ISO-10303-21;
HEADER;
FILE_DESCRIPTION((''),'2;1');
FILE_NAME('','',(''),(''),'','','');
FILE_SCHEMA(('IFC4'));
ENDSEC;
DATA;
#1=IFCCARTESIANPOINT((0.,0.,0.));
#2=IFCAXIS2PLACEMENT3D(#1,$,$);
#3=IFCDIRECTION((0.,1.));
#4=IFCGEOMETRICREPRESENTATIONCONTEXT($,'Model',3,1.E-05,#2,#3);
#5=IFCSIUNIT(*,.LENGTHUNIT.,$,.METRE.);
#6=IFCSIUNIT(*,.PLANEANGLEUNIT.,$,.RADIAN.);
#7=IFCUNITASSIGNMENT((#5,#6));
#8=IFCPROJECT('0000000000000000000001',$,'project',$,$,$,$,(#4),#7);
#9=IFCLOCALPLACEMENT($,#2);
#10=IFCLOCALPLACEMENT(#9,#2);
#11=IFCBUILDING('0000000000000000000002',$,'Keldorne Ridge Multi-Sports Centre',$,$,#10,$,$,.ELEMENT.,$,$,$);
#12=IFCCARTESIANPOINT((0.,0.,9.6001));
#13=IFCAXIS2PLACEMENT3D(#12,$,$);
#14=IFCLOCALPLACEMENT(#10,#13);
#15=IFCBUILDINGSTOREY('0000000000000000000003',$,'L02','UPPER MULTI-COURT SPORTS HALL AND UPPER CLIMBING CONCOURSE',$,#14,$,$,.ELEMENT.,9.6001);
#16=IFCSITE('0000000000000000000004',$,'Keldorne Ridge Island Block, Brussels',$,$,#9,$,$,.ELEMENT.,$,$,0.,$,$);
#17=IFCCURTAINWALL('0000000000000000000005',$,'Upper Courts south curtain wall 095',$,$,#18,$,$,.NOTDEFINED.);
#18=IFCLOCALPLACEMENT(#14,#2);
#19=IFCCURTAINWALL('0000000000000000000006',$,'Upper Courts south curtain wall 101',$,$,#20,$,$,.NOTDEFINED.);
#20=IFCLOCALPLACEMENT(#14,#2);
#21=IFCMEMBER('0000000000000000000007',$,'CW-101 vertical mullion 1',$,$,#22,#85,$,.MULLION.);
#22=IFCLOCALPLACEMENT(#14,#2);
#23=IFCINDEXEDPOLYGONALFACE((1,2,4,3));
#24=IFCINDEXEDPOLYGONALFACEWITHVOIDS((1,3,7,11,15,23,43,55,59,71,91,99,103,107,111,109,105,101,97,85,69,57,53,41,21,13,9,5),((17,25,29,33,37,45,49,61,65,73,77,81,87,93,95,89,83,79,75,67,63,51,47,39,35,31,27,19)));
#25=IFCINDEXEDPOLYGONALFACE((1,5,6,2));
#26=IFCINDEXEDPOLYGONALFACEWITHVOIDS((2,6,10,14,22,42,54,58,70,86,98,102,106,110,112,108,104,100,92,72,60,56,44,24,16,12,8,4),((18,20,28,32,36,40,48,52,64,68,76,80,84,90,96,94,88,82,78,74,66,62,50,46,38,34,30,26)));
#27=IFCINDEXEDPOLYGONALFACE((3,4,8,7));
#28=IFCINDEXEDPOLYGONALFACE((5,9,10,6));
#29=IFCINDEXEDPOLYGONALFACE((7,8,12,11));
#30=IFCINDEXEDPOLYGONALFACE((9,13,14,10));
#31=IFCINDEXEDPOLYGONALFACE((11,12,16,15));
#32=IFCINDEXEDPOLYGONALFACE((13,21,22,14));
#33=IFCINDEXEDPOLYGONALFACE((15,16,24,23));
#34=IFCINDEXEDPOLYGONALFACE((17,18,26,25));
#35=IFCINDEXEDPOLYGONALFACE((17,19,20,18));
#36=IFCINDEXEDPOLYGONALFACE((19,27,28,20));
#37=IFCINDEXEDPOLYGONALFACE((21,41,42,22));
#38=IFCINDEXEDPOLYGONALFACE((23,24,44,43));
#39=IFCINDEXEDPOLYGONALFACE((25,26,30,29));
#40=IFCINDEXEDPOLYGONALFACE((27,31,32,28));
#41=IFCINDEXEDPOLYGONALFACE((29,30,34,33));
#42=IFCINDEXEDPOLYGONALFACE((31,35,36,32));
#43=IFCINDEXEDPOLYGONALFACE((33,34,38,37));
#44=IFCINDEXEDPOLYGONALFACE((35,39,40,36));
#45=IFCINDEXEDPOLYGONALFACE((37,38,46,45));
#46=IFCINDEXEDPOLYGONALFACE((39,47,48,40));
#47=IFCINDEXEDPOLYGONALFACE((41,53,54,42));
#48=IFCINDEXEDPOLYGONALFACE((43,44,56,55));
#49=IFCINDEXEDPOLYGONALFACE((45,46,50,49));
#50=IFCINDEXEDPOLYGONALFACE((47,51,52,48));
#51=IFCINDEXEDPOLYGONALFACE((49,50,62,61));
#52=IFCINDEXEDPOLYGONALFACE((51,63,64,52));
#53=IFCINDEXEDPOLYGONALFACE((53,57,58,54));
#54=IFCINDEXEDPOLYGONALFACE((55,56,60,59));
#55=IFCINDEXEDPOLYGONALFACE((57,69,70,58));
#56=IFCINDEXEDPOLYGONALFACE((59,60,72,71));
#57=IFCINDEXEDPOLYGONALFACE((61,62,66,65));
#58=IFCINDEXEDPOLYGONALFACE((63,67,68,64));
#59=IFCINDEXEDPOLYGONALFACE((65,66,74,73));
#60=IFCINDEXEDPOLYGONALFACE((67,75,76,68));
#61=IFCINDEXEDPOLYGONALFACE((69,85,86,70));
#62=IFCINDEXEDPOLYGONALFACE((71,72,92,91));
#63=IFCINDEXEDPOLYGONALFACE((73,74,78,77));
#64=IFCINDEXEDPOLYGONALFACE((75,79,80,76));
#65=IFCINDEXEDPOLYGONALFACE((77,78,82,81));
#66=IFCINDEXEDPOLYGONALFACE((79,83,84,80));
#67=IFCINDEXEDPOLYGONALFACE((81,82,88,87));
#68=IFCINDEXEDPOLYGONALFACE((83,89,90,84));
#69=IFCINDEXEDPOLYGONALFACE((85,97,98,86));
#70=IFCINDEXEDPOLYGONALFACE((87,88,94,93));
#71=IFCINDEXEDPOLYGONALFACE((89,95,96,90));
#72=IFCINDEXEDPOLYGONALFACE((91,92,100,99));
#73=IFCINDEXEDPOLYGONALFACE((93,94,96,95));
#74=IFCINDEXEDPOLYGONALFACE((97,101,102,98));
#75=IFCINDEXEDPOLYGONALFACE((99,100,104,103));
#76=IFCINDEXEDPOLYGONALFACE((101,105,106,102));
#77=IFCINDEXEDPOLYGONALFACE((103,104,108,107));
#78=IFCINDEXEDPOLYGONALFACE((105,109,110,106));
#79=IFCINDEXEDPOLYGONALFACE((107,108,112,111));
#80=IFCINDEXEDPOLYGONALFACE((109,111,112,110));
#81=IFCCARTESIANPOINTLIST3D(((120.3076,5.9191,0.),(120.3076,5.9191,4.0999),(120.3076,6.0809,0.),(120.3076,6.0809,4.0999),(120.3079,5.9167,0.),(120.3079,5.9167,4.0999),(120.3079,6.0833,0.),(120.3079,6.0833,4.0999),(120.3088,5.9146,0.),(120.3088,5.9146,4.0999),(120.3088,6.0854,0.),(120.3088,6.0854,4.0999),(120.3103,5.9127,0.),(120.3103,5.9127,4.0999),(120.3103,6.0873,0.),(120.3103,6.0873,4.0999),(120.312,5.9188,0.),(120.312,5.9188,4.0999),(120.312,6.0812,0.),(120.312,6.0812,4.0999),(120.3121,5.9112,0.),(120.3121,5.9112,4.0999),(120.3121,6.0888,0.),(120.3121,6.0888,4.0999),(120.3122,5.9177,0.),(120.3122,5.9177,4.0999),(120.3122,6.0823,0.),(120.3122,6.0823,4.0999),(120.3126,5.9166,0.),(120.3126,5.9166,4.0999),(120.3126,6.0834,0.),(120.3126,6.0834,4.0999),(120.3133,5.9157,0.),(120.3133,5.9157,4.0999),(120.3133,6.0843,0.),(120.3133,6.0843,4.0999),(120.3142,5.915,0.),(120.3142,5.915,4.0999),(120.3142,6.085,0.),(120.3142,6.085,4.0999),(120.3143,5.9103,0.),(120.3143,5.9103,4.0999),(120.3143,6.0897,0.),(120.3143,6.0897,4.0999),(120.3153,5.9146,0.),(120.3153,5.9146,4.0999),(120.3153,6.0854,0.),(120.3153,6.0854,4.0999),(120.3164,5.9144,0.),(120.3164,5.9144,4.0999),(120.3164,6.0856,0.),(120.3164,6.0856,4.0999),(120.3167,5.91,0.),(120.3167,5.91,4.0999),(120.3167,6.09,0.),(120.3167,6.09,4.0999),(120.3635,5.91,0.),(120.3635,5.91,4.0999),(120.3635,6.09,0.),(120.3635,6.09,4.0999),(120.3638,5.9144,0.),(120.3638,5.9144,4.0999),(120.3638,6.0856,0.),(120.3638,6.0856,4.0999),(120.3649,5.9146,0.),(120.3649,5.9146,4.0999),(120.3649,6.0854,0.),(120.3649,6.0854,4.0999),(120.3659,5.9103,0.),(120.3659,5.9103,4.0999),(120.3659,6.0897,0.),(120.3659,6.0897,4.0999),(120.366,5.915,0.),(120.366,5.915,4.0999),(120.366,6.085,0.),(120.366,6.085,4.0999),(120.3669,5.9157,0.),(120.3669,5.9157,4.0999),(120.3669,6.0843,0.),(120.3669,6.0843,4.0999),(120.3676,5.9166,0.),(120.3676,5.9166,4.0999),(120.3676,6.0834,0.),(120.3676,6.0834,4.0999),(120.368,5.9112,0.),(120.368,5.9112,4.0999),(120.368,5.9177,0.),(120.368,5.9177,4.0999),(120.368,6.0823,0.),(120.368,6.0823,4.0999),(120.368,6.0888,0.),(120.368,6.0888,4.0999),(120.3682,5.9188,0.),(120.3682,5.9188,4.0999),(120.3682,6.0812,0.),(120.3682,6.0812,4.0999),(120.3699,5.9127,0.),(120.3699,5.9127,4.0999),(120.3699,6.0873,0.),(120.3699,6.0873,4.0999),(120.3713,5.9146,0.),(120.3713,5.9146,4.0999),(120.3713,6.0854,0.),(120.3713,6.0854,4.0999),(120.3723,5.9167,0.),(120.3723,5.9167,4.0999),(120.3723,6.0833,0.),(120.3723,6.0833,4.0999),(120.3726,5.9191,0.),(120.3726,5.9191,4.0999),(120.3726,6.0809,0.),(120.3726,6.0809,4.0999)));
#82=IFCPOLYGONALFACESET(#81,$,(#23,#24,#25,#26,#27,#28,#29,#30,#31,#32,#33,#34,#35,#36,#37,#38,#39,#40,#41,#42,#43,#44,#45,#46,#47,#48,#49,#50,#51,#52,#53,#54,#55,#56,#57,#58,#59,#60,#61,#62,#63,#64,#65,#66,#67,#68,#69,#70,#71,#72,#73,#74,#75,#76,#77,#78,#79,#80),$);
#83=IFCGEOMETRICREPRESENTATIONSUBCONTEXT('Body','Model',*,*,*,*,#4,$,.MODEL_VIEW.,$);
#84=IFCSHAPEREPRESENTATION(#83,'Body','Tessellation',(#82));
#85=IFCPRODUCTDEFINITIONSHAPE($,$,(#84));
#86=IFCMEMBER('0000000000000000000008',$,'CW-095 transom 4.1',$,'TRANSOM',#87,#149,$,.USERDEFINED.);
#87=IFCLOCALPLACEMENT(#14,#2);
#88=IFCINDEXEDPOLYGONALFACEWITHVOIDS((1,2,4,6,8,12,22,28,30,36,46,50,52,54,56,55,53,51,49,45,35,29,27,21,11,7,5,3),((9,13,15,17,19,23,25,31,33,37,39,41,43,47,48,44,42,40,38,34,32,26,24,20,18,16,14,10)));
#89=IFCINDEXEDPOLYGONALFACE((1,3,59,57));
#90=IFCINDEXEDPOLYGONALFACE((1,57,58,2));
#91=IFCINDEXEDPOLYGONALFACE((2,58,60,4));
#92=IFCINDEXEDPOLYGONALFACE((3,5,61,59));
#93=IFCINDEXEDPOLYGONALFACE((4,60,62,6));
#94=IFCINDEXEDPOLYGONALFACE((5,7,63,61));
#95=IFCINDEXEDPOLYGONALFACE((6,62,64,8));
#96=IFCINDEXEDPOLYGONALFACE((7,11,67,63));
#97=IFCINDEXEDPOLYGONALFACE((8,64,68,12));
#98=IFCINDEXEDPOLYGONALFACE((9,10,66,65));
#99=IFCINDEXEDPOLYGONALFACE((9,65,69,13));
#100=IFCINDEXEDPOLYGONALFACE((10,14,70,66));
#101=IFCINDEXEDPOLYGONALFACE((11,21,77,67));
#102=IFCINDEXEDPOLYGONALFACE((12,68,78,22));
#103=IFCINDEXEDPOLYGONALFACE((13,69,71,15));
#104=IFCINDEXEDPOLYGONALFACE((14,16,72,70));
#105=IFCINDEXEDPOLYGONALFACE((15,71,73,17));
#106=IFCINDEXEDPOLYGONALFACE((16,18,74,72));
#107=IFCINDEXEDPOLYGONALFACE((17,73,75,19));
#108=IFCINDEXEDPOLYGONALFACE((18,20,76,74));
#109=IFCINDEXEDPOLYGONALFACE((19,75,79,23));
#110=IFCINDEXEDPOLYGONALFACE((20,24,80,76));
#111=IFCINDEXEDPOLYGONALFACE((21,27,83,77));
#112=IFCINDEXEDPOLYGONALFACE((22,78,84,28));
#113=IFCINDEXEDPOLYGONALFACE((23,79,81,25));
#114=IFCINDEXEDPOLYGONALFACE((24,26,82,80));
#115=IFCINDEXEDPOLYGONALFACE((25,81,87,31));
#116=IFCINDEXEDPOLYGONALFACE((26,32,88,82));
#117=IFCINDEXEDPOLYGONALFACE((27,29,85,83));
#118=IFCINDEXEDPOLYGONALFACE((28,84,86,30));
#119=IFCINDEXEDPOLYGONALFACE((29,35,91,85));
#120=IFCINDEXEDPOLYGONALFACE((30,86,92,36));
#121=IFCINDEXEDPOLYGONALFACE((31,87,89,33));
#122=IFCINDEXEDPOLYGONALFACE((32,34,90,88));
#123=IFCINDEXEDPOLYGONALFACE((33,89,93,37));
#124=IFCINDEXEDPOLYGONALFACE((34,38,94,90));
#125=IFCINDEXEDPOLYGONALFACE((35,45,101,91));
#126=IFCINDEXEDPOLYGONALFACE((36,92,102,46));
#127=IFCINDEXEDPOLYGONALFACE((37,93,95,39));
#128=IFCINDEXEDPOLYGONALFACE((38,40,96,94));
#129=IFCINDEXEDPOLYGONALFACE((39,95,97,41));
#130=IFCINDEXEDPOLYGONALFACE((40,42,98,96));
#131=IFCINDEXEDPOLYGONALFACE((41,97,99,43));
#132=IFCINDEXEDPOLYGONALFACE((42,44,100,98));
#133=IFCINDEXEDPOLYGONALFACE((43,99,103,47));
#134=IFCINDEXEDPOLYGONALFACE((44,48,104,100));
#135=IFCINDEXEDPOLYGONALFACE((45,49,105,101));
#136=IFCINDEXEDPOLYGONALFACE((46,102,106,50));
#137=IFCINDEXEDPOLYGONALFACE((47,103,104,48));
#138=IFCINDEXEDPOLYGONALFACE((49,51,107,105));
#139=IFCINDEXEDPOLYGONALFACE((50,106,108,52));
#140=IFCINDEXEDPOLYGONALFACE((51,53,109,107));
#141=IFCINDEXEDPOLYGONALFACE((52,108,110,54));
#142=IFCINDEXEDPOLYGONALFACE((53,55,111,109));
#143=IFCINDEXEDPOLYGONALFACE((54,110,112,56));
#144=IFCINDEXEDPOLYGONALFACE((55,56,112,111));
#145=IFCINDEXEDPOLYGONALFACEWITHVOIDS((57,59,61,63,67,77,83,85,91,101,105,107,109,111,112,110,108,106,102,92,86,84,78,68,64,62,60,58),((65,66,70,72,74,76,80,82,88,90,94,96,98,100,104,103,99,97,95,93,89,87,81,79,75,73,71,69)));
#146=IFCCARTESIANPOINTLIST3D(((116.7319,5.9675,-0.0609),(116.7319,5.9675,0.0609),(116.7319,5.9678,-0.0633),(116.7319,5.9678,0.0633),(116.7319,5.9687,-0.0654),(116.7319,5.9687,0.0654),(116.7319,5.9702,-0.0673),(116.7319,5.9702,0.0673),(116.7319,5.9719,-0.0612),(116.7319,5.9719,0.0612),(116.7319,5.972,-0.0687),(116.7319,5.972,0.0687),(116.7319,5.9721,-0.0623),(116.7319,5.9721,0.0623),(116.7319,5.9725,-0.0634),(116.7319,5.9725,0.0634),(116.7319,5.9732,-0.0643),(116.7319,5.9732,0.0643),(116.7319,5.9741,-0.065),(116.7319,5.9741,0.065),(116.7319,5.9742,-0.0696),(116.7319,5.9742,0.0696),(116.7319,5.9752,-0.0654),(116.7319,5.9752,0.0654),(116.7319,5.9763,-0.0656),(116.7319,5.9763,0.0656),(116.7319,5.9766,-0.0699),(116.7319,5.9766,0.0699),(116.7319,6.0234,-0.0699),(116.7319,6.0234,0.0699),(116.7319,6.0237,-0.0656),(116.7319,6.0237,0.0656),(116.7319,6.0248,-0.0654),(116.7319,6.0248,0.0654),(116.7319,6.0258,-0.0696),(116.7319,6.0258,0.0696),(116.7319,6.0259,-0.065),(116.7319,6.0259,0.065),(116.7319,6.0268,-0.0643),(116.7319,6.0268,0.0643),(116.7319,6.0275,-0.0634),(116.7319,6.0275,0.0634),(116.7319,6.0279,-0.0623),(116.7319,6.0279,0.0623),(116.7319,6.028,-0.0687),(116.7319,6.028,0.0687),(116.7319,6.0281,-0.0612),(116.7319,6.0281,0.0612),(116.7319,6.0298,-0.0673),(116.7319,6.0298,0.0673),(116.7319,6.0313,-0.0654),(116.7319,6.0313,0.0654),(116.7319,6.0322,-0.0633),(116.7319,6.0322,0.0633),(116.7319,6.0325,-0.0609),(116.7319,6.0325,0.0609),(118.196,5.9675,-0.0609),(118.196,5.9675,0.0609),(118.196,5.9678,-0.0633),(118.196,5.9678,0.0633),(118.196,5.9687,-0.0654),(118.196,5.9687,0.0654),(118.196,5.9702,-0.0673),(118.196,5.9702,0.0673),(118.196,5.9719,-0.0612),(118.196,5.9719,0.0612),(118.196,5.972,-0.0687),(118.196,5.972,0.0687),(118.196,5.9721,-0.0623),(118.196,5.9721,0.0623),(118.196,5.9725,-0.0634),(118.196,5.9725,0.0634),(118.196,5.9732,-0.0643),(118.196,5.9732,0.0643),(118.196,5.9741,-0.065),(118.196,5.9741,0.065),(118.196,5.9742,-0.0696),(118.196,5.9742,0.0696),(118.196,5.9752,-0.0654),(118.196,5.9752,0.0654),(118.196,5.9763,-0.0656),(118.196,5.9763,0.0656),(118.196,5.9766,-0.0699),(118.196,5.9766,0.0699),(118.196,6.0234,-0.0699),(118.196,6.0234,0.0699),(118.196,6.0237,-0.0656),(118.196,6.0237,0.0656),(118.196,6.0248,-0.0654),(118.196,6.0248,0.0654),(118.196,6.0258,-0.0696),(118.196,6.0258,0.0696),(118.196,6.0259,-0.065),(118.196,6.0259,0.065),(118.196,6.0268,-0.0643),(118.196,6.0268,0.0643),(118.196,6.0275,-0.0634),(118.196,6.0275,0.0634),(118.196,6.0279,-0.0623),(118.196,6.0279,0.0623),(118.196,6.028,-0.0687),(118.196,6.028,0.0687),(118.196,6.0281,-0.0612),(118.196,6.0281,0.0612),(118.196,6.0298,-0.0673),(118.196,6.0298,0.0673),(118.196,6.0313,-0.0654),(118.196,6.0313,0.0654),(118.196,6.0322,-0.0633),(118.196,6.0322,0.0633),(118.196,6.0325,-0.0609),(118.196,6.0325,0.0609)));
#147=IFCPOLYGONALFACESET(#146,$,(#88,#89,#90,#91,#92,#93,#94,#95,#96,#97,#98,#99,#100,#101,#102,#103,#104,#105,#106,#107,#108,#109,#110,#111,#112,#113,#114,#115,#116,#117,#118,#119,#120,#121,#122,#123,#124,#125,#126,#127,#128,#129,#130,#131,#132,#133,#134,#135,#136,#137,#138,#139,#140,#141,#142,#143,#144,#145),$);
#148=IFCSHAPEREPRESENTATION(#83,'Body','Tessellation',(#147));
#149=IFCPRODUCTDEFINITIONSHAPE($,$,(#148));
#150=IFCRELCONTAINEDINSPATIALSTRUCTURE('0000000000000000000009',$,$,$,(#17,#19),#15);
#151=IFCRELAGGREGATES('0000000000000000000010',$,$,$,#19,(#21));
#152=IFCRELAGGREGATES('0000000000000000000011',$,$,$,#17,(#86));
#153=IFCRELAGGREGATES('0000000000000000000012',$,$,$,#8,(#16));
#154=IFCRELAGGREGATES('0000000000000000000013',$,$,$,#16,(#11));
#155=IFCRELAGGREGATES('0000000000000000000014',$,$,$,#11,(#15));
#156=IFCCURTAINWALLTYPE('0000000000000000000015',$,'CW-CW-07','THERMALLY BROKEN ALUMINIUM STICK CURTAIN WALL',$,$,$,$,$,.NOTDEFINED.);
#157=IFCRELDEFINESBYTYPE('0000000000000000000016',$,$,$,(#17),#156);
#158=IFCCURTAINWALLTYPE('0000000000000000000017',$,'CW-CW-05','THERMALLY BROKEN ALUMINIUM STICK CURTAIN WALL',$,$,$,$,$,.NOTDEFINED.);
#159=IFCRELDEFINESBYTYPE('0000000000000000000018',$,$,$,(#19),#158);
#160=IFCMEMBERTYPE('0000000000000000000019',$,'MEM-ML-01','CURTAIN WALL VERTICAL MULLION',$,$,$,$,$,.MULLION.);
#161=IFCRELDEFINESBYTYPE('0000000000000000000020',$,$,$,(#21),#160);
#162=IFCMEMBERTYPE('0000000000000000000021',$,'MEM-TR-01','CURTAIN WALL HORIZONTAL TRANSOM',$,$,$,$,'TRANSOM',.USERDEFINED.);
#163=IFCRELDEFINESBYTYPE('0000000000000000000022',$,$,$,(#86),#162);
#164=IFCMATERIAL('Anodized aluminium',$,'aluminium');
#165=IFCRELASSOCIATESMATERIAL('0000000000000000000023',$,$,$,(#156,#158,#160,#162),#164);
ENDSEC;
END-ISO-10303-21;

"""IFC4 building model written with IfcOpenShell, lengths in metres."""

from ifc_helpers import new_model, si_unit, direction, frame, origin, origin_2d, place, context, subcontext, project, spatial, hollow_rectangle, extrude, material, material_profile, profile_set, type_object, element, aggregate, save


model = new_model("IFC4")

# Units and contexts
model_context = context("Model", 3, precision=1e-05, world=origin(), true_north=direction((0.0, 1.0)))
body_context = subcontext(model_context, "Body", "Model", "MODEL_VIEW")
ifc_project = project(units=[si_unit("LENGTHUNIT", "METRE"), si_unit("PLANEANGLEUNIT", "RADIAN")], contexts=[model_context])

# Site, building, storey
site_placement = place(None, origin())
site = spatial("IfcSite", under=ifc_project, at=site_placement, Name="Keldorne Ridge Island Block, Brussels", CompositionType="ELEMENT", RefElevation=0.0)
building_placement = place(site_placement, origin())
building = spatial("IfcBuilding", under=site, at=building_placement, Name="Keldorne Ridge Multi-Sports Centre", CompositionType="ELEMENT")
storey_placement = place(building_placement, frame((0.0, 0.0, 9.6001)))
storey = spatial("IfcBuildingStorey", under=building, at=storey_placement, Name="L02", Description="UPPER MULTI-COURT SPORTS HALL AND UPPER CLIMBING CONCOURSE", CompositionType="ELEMENT", Elevation=9.6001)

# Curtain wall
ifc_material_1 = material(Name="Anodized aluminium", Category="aluminium")
curtain_wall_type_1 = type_object("IfcCurtainWallType", Name="CW-CW-07", Description="THERMALLY BROKEN ALUMINIUM STICK CURTAIN WALL", PredefinedType="NOTDEFINED", material=ifc_material_1)
curtain_wall_1_placement = place(storey_placement, origin())
curtain_wall_1 = element("IfcCurtainWall", 1, at=curtain_wall_1_placement, inside=storey, type_object=curtain_wall_type_1, Name="Upper Courts south curtain wall 095", PredefinedType="NOTDEFINED")
ifc_material_profile_1 = material_profile(ifc_material_1, hollow_rectangle(XDim=0.0649, YDim=0.1799, WallThickness=0.0044, InnerFilletRadius=0.0044, OuterFilletRadius=0.009, at=origin_2d()), Name="ALU MULLION 180x65x4.5")
ifc_profile_set_1 = profile_set([ifc_material_profile_1], Name="Anodized aluminium")
member_type_1 = type_object("IfcMemberType", Name="MEM-ML-01", Description="CURTAIN WALL VERTICAL MULLION", PredefinedType="MULLION", material=ifc_profile_set_1)

# Curtain wall, member
curtain_wall_type_2 = type_object("IfcCurtainWallType", Name="CW-CW-05", Description="THERMALLY BROKEN ALUMINIUM STICK CURTAIN WALL", PredefinedType="NOTDEFINED", material=ifc_material_1)
curtain_wall_2_placement = place(storey_placement, origin())
curtain_wall_2 = element("IfcCurtainWall", 2, at=curtain_wall_2_placement, inside=storey, type_object=curtain_wall_type_2, Name="Upper Courts south curtain wall 101", PredefinedType="NOTDEFINED")
member_1_placement = place(storey_placement, frame((120.3401, 6.0, 0.0), z_axis=(0.0, 0.0, 1.0), x_axis=(1.0, 0.0, 0.0)))
member_1 = element("IfcMember", 3, at=member_1_placement, type_object=member_type_1, Name="CW-101 vertical mullion 1", PredefinedType="MULLION", context=body_context, shape_type="SweptSolid", body=[
    extrude(hollow_rectangle(XDim=0.0649, YDim=0.1799, WallThickness=0.0044, InnerFilletRadius=0.0044, OuterFilletRadius=0.009, at=origin_2d()), origin(), (0.0, 0.0, 1.0), 4.0999),
])

# Member
ifc_material_profile_2 = material_profile(ifc_material_1, hollow_rectangle(XDim=0.0649, YDim=0.1399, WallThickness=0.0044, InnerFilletRadius=0.0044, OuterFilletRadius=0.009, at=origin_2d()), Name="ALU TRANSOM 140x65x4.5")
ifc_profile_set_2 = profile_set([ifc_material_profile_2], Name="Anodized aluminium")
member_type_2 = type_object("IfcMemberType", Name="MEM-TR-01", Description="CURTAIN WALL HORIZONTAL TRANSOM", ElementType="TRANSOM", PredefinedType="USERDEFINED", material=ifc_profile_set_2)
member_2_placement = place(storey_placement, frame((116.7319, 6.0, 0.0), z_axis=(1.0, 0.0, 0.0), x_axis=(0.0, 1.0, 0.0)))
member_2 = element("IfcMember", 4, at=member_2_placement, type_object=member_type_2, Name="CW-095 transom 4.1", ObjectType="TRANSOM", PredefinedType="USERDEFINED", context=body_context, shape_type="SweptSolid", body=[
    extrude(hollow_rectangle(XDim=0.0649, YDim=0.1399, WallThickness=0.0044, InnerFilletRadius=0.0044, OuterFilletRadius=0.009, at=origin_2d()), origin(), (0.0, 0.0, 1.0), 1.4641),
])
aggregate(curtain_wall_2, [member_1])

aggregate(curtain_wall_1, [member_2])

save(model, "model.ifc")
